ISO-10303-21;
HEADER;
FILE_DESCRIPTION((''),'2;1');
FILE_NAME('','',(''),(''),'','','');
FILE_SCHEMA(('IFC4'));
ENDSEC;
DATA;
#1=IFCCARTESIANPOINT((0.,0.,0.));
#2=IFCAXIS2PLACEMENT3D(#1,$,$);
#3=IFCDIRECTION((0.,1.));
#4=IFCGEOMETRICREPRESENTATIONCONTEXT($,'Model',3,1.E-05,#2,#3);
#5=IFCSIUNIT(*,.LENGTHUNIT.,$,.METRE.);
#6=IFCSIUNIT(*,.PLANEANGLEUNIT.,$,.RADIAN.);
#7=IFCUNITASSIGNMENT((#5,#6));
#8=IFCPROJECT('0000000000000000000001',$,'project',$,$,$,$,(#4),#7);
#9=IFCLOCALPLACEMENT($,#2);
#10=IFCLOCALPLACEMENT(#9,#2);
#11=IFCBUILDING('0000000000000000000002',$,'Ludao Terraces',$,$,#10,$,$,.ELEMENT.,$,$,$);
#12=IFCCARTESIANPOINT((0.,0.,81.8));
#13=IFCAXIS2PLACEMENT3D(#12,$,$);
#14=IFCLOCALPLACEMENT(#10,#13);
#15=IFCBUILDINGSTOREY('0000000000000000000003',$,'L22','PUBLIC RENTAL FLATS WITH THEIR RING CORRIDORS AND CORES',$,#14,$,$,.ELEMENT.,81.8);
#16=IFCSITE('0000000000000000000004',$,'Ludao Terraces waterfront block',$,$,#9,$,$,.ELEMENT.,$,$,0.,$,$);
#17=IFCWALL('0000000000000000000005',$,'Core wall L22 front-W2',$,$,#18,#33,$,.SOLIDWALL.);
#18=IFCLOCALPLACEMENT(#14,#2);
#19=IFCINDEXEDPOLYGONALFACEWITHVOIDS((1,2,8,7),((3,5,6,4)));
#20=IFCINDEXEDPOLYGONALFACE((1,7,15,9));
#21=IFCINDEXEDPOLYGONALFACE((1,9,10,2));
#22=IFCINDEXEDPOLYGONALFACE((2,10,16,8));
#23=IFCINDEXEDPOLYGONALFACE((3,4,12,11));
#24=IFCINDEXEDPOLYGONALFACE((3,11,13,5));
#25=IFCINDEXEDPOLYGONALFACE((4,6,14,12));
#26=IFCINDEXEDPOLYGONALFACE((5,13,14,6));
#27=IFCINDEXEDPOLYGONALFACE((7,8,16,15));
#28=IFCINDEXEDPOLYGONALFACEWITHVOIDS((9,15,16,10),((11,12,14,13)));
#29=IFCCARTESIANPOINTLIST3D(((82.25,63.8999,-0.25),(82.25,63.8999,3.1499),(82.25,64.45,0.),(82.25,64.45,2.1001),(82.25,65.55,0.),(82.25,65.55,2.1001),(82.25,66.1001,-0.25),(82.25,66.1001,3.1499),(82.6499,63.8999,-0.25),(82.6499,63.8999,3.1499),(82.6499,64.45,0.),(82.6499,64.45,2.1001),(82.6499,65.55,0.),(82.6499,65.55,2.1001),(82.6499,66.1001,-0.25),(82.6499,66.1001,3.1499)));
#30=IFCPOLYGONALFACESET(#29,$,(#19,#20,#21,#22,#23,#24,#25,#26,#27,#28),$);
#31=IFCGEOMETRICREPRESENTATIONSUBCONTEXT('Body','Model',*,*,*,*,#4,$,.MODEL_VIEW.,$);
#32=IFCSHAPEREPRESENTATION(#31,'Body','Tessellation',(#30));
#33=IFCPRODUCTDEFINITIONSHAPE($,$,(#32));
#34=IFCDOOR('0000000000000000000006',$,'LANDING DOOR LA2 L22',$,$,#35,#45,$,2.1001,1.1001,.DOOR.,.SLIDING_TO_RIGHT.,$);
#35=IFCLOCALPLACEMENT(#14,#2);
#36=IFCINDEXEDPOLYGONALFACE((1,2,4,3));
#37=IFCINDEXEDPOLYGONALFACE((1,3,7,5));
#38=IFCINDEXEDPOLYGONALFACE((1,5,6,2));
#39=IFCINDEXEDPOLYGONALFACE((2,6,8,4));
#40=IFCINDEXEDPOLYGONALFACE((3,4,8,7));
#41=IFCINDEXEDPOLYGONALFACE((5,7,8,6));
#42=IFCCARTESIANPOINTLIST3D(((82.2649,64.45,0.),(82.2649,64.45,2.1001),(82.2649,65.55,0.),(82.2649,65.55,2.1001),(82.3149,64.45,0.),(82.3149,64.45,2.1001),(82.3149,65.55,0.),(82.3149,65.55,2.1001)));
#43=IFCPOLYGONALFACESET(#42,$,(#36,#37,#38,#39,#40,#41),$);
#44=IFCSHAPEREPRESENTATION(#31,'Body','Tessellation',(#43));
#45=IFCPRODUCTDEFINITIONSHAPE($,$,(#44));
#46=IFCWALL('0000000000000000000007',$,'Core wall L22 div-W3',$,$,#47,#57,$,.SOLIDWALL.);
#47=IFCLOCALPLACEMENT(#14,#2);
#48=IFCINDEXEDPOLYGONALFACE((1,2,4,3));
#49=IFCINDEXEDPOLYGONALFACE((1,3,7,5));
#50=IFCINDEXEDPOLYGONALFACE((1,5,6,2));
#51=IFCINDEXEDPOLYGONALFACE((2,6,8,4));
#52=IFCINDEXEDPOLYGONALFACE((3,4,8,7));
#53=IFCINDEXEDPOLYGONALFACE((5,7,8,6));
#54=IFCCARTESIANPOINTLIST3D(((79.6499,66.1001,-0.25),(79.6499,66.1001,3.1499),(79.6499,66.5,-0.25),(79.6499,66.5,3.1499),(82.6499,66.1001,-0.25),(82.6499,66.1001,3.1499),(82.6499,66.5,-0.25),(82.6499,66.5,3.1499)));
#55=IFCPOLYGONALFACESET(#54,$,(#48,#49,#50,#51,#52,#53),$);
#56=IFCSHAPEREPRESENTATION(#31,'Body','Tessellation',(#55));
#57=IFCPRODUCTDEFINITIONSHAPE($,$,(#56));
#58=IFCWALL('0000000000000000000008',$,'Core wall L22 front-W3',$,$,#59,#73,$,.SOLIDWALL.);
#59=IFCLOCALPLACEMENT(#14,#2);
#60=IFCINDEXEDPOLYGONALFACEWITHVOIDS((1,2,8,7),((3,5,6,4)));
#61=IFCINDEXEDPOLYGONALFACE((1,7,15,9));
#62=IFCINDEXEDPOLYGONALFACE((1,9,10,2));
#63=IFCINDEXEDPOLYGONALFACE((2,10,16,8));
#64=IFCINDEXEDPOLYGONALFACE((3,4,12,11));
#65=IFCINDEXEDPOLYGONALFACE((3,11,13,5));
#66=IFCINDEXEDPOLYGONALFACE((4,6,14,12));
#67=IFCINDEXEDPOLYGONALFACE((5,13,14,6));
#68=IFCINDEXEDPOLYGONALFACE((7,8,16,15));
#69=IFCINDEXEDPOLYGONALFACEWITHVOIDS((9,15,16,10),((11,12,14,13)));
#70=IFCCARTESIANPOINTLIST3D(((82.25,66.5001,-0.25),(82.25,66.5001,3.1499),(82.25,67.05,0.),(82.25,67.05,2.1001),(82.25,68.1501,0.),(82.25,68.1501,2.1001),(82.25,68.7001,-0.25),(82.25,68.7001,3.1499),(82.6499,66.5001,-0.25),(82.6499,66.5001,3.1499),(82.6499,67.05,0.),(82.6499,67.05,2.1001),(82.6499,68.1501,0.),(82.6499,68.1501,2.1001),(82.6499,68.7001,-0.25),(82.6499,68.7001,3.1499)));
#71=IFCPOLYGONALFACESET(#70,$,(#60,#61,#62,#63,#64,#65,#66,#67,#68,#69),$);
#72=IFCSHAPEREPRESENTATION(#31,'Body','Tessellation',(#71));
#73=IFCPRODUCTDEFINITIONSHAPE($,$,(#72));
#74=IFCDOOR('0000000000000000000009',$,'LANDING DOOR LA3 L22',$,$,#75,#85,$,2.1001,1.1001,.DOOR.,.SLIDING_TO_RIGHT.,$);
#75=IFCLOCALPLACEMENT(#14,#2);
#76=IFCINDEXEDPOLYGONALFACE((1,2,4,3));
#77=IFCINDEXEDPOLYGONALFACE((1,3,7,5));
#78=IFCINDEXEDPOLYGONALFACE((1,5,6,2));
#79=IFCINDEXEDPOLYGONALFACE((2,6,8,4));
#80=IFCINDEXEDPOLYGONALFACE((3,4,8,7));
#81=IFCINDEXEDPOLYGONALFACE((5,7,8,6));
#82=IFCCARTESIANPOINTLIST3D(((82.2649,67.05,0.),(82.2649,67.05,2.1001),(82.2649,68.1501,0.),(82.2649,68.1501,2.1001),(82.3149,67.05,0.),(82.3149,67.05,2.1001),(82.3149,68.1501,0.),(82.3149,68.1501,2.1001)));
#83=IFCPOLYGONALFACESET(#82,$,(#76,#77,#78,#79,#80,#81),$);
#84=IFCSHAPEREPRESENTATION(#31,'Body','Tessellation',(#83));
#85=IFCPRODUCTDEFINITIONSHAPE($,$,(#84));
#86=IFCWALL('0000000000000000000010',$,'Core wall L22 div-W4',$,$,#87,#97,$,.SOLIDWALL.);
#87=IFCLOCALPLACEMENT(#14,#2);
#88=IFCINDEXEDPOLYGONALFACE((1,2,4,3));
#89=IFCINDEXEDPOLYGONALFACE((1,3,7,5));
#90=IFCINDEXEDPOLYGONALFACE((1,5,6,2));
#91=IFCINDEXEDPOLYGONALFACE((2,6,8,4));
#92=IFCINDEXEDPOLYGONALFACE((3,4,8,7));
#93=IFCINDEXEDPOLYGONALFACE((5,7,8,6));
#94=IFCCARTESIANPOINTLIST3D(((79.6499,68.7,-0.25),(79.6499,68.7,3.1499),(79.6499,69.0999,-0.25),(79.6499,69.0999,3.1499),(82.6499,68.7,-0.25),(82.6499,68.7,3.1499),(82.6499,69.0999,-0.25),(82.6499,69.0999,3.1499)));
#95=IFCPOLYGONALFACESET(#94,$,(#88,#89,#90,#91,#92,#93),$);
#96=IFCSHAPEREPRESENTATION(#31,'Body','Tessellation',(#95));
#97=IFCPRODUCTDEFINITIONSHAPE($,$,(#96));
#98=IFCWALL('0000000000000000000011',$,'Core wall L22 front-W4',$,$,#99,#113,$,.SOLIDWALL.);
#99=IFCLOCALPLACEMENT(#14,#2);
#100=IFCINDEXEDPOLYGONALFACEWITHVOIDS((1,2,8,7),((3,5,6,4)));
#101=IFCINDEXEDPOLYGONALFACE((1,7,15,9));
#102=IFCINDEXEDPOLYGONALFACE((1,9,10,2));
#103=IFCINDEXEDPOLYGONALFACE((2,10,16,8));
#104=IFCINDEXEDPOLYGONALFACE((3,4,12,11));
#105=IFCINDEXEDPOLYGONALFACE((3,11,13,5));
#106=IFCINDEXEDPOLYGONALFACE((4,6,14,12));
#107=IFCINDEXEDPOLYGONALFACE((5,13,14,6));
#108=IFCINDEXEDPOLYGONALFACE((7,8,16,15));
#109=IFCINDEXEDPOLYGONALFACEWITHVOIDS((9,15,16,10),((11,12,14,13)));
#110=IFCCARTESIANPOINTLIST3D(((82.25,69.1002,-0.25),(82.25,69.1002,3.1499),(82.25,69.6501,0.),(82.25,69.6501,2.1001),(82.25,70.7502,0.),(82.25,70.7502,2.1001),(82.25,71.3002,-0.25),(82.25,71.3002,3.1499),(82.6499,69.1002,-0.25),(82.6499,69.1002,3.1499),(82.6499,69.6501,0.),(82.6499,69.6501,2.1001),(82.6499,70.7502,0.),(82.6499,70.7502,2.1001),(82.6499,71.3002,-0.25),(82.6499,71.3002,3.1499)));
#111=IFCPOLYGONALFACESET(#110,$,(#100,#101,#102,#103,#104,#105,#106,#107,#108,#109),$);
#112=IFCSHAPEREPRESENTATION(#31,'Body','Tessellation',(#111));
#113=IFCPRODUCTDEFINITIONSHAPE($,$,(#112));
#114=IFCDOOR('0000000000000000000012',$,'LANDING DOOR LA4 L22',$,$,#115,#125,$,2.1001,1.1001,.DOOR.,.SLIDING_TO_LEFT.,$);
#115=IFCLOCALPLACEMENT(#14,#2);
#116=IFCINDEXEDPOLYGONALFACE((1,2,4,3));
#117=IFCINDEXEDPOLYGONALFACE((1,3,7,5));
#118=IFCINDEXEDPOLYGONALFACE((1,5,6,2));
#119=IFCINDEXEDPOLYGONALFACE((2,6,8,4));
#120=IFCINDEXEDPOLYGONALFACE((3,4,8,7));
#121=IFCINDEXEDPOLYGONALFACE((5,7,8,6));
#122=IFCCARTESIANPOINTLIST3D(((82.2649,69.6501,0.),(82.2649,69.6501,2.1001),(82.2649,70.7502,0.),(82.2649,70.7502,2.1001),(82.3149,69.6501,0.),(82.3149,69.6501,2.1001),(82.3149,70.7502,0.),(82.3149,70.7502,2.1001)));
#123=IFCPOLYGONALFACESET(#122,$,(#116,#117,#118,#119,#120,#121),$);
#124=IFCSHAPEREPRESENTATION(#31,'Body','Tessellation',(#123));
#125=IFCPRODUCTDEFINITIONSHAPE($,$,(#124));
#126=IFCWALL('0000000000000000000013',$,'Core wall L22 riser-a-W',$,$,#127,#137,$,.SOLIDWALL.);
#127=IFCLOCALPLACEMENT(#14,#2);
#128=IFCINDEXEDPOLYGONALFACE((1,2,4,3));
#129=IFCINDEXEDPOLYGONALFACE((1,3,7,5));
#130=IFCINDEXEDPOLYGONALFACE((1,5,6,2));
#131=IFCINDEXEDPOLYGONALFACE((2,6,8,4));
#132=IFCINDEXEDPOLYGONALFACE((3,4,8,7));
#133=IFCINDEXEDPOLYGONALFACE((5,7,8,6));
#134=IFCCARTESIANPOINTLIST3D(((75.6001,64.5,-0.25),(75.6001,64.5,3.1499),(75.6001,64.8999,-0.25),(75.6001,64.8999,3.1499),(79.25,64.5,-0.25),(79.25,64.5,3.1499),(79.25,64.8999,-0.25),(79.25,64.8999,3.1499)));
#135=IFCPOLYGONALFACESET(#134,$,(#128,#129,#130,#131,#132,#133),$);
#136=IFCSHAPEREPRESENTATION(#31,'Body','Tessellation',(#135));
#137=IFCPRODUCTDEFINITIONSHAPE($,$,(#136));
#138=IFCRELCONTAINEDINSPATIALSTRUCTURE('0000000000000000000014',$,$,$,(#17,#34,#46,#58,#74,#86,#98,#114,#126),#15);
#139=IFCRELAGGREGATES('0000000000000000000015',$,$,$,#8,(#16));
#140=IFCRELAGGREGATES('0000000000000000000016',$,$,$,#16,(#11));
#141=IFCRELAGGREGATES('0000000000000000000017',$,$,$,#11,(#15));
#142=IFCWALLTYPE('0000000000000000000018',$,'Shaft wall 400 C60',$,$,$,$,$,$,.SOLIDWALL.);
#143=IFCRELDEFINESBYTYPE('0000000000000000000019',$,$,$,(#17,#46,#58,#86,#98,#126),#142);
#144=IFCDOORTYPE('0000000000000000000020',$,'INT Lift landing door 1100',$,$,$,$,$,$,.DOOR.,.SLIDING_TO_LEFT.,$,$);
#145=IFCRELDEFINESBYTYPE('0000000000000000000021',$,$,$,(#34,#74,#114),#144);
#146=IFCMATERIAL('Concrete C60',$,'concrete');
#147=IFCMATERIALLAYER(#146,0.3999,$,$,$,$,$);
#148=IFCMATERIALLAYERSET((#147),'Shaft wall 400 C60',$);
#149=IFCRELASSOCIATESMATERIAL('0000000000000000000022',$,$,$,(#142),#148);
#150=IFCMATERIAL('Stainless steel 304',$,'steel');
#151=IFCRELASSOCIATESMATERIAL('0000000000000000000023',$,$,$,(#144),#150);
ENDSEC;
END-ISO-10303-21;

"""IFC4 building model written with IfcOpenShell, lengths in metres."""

from ifc_helpers import new_model, si_unit, direction, frame, frame_2d, origin, place, context, subcontext, project, spatial, rectangle, extrude, material, layer, layer_set, type_object, element, fill, save


model = new_model("IFC4")

# Units and contexts
model_context = context("Model", 3, precision=1e-05, world=origin(), true_north=direction((0.0, 1.0)))
body_context = subcontext(model_context, "Body", "Model", "MODEL_VIEW")
ifc_project = project(units=[si_unit("LENGTHUNIT", "METRE"), si_unit("PLANEANGLEUNIT", "RADIAN")], contexts=[model_context])

# Site, building, storey
site_placement = place(None, origin())
site = spatial("IfcSite", under=ifc_project, at=site_placement, Name="Ludao Terraces waterfront block", CompositionType="ELEMENT", RefElevation=0.0)
building_placement = place(site_placement, origin())
building = spatial("IfcBuilding", under=site, at=building_placement, Name="Ludao Terraces", CompositionType="ELEMENT")
storey_placement = place(building_placement, frame((0.0, 0.0, 81.8)))
storey = spatial("IfcBuildingStorey", under=building, at=storey_placement, Name="L22", Description="PUBLIC RENTAL FLATS WITH THEIR RING CORRIDORS AND CORES", CompositionType="ELEMENT", Elevation=81.8)

# Wall, opening, door
ifc_material_1 = material(Name="Concrete C60", Category="concrete")
ifc_layer_1 = layer(ifc_material_1, 0.3999)
ifc_layer_set_1 = layer_set([ifc_layer_1], Name="Shaft wall 400 C60")
wall_type_1 = type_object("IfcWallType", Name="Shaft wall 400 C60", PredefinedType="SOLIDWALL", material=ifc_layer_set_1)
wall_1_placement = place(storey_placement, frame((82.45, 63.8999, -0.25), z_axis=(0.0, 0.0, 1.0), x_axis=(0.0, 1.0, 0.0)))
wall_1 = element("IfcWall", 1, at=wall_1_placement, inside=storey, type_object=wall_type_1, Name="Core wall L22 front-W2", PredefinedType="SOLIDWALL", context=body_context, shape_type="SweptSolid", body=[
    extrude(rectangle(XDim=2.2002, YDim=0.3999, at=frame_2d((1.1001, 0.0))), origin(), (0.0, 0.0, 1.0), 3.3999),
])
opening_1_placement = place(wall_1_placement, frame((0.55, 0.0, 0.25)))
opening_1 = element("IfcOpeningElement", 2, at=opening_1_placement, cuts=wall_1, PredefinedType="OPENING", context=body_context, shape_type="SweptSolid", body=[
    extrude(rectangle(XDim=1.1001, YDim=2.1001, at=frame_2d((0.55, 1.05))), frame((0.0, 0.21, 0.0), z_axis=(0.0, -1.0, 0.0), x_axis=(1.0, 0.0, 0.0)), (0.0, 0.0, 1.0), 0.4199),
])
ifc_material_2 = material(Name="Stainless steel 304", Category="steel")
door_type_1 = type_object("IfcDoorType", Name="INT Lift landing door 1100", OperationType="SLIDING_TO_LEFT", PredefinedType="DOOR", material=ifc_material_2)
door_1_placement = place(opening_1_placement, origin())
door_1 = element("IfcDoor", 3, at=door_1_placement, inside=storey, type_object=door_type_1, Name="LANDING DOOR LA2 L22", OperationType="SLIDING_TO_RIGHT", OverallHeight=2.1001, OverallWidth=1.1001, PredefinedType="DOOR", context=body_context, shape_type="SweptSolid", body=[
    extrude(rectangle(XDim=1.1001, YDim=2.1001, at=frame_2d((0.55, 1.05))), frame((0.0, 0.1851, 0.0), z_axis=(0.0, -1.0, 0.0), x_axis=(1.0, 0.0, 0.0)), (0.0, 0.0, 1.0), 0.05),
])
fill(opening_1, door_1)

# Wall
wall_2_placement = place(storey_placement, frame((79.6499, 66.3, -0.25), z_axis=(0.0, 0.0, 1.0), x_axis=(1.0, 0.0, 0.0)))
element("IfcWall", 4, at=wall_2_placement, inside=storey, type_object=wall_type_1, Name="Core wall L22 div-W3", PredefinedType="SOLIDWALL", context=body_context, shape_type="SweptSolid", body=[
    extrude(rectangle(XDim=3.0, YDim=0.3999, at=frame_2d((1.5, 0.0))), origin(), (0.0, 0.0, 1.0), 3.3999),
])

# Wall, opening, door
wall_3_placement = place(storey_placement, frame((82.45, 66.5, -0.25), z_axis=(0.0, 0.0, 1.0), x_axis=(0.0, 1.0, 0.0)))
wall_3 = element("IfcWall", 5, at=wall_3_placement, inside=storey, type_object=wall_type_1, Name="Core wall L22 front-W3", PredefinedType="SOLIDWALL", context=body_context, shape_type="SweptSolid", body=[
    extrude(rectangle(XDim=2.2, YDim=0.3999, at=frame_2d((1.1001, 0.0))), origin(), (0.0, 0.0, 1.0), 3.3999),
])
opening_2_placement = place(wall_3_placement, frame((0.55, 0.0, 0.25)))
opening_2 = element("IfcOpeningElement", 6, at=opening_2_placement, cuts=wall_3, PredefinedType="OPENING", context=body_context, shape_type="SweptSolid", body=[
    extrude(rectangle(XDim=1.1001, YDim=2.1001, at=frame_2d((0.55, 1.05))), frame((0.0, 0.21, 0.0), z_axis=(0.0, -1.0, 0.0), x_axis=(1.0, 0.0, 0.0)), (0.0, 0.0, 1.0), 0.4199),
])
door_2_placement = place(opening_2_placement, origin())
door_2 = element("IfcDoor", 7, at=door_2_placement, inside=storey, type_object=door_type_1, Name="LANDING DOOR LA3 L22", OperationType="SLIDING_TO_RIGHT", OverallHeight=2.1001, OverallWidth=1.1001, PredefinedType="DOOR", context=body_context, shape_type="SweptSolid", body=[
    extrude(rectangle(XDim=1.1001, YDim=2.1001, at=frame_2d((0.55, 1.05))), frame((0.0, 0.1851, 0.0), z_axis=(0.0, -1.0, 0.0), x_axis=(1.0, 0.0, 0.0)), (0.0, 0.0, 1.0), 0.05),
])
fill(opening_2, door_2)

# Wall
wall_4_placement = place(storey_placement, frame((79.6499, 68.8999, -0.25), z_axis=(0.0, 0.0, 1.0), x_axis=(1.0, 0.0, 0.0)))
element("IfcWall", 8, at=wall_4_placement, inside=storey, type_object=wall_type_1, Name="Core wall L22 div-W4", PredefinedType="SOLIDWALL", context=body_context, shape_type="SweptSolid", body=[
    extrude(rectangle(XDim=3.0, YDim=0.3999, at=frame_2d((1.5, 0.0))), origin(), (0.0, 0.0, 1.0), 3.3999),
])

# Wall, opening, door
wall_5_placement = place(storey_placement, frame((82.45, 69.1001, -0.25), z_axis=(0.0, 0.0, 1.0), x_axis=(0.0, 1.0, 0.0)))
wall_5 = element("IfcWall", 9, at=wall_5_placement, inside=storey, type_object=wall_type_1, Name="Core wall L22 front-W4", PredefinedType="SOLIDWALL", context=body_context, shape_type="SweptSolid", body=[
    extrude(rectangle(XDim=2.2, YDim=0.3999, at=frame_2d((1.1001, 0.0))), origin(), (0.0, 0.0, 1.0), 3.3999),
])
opening_3_placement = place(wall_5_placement, frame((0.55, 0.0, 0.25)))
opening_3 = element("IfcOpeningElement", 10, at=opening_3_placement, cuts=wall_5, PredefinedType="OPENING", context=body_context, shape_type="SweptSolid", body=[
    extrude(rectangle(XDim=1.1001, YDim=2.1001, at=frame_2d((0.55, 1.05))), frame((0.0, 0.21, 0.0), z_axis=(0.0, -1.0, 0.0), x_axis=(1.0, 0.0, 0.0)), (0.0, 0.0, 1.0), 0.4199),
])
door_3_placement = place(opening_3_placement, origin())
door_3 = element("IfcDoor", 11, at=door_3_placement, inside=storey, type_object=door_type_1, Name="LANDING DOOR LA4 L22", OperationType="SLIDING_TO_LEFT", OverallHeight=2.1001, OverallWidth=1.1001, PredefinedType="DOOR", context=body_context, shape_type="SweptSolid", body=[
    extrude(rectangle(XDim=1.1001, YDim=2.1001, at=frame_2d((0.55, 1.05))), frame((0.0, 0.1851, 0.0), z_axis=(0.0, -1.0, 0.0), x_axis=(1.0, 0.0, 0.0)), (0.0, 0.0, 1.0), 0.05),
])
fill(opening_3, door_3)

# Wall
wall_6_placement = place(storey_placement, frame((75.6001, 64.7, -0.25), z_axis=(0.0, 0.0, 1.0), x_axis=(1.0, 0.0, 0.0)))
element("IfcWall", 12, at=wall_6_placement, inside=storey, type_object=wall_type_1, Name="Core wall L22 riser-a-W", PredefinedType="SOLIDWALL", context=body_context, shape_type="SweptSolid", body=[
    extrude(rectangle(XDim=3.6499, YDim=0.3999, at=frame_2d((1.825, 0.0))), origin(), (0.0, 0.0, 1.0), 3.3999),
])

save(model, "model.ifc")
